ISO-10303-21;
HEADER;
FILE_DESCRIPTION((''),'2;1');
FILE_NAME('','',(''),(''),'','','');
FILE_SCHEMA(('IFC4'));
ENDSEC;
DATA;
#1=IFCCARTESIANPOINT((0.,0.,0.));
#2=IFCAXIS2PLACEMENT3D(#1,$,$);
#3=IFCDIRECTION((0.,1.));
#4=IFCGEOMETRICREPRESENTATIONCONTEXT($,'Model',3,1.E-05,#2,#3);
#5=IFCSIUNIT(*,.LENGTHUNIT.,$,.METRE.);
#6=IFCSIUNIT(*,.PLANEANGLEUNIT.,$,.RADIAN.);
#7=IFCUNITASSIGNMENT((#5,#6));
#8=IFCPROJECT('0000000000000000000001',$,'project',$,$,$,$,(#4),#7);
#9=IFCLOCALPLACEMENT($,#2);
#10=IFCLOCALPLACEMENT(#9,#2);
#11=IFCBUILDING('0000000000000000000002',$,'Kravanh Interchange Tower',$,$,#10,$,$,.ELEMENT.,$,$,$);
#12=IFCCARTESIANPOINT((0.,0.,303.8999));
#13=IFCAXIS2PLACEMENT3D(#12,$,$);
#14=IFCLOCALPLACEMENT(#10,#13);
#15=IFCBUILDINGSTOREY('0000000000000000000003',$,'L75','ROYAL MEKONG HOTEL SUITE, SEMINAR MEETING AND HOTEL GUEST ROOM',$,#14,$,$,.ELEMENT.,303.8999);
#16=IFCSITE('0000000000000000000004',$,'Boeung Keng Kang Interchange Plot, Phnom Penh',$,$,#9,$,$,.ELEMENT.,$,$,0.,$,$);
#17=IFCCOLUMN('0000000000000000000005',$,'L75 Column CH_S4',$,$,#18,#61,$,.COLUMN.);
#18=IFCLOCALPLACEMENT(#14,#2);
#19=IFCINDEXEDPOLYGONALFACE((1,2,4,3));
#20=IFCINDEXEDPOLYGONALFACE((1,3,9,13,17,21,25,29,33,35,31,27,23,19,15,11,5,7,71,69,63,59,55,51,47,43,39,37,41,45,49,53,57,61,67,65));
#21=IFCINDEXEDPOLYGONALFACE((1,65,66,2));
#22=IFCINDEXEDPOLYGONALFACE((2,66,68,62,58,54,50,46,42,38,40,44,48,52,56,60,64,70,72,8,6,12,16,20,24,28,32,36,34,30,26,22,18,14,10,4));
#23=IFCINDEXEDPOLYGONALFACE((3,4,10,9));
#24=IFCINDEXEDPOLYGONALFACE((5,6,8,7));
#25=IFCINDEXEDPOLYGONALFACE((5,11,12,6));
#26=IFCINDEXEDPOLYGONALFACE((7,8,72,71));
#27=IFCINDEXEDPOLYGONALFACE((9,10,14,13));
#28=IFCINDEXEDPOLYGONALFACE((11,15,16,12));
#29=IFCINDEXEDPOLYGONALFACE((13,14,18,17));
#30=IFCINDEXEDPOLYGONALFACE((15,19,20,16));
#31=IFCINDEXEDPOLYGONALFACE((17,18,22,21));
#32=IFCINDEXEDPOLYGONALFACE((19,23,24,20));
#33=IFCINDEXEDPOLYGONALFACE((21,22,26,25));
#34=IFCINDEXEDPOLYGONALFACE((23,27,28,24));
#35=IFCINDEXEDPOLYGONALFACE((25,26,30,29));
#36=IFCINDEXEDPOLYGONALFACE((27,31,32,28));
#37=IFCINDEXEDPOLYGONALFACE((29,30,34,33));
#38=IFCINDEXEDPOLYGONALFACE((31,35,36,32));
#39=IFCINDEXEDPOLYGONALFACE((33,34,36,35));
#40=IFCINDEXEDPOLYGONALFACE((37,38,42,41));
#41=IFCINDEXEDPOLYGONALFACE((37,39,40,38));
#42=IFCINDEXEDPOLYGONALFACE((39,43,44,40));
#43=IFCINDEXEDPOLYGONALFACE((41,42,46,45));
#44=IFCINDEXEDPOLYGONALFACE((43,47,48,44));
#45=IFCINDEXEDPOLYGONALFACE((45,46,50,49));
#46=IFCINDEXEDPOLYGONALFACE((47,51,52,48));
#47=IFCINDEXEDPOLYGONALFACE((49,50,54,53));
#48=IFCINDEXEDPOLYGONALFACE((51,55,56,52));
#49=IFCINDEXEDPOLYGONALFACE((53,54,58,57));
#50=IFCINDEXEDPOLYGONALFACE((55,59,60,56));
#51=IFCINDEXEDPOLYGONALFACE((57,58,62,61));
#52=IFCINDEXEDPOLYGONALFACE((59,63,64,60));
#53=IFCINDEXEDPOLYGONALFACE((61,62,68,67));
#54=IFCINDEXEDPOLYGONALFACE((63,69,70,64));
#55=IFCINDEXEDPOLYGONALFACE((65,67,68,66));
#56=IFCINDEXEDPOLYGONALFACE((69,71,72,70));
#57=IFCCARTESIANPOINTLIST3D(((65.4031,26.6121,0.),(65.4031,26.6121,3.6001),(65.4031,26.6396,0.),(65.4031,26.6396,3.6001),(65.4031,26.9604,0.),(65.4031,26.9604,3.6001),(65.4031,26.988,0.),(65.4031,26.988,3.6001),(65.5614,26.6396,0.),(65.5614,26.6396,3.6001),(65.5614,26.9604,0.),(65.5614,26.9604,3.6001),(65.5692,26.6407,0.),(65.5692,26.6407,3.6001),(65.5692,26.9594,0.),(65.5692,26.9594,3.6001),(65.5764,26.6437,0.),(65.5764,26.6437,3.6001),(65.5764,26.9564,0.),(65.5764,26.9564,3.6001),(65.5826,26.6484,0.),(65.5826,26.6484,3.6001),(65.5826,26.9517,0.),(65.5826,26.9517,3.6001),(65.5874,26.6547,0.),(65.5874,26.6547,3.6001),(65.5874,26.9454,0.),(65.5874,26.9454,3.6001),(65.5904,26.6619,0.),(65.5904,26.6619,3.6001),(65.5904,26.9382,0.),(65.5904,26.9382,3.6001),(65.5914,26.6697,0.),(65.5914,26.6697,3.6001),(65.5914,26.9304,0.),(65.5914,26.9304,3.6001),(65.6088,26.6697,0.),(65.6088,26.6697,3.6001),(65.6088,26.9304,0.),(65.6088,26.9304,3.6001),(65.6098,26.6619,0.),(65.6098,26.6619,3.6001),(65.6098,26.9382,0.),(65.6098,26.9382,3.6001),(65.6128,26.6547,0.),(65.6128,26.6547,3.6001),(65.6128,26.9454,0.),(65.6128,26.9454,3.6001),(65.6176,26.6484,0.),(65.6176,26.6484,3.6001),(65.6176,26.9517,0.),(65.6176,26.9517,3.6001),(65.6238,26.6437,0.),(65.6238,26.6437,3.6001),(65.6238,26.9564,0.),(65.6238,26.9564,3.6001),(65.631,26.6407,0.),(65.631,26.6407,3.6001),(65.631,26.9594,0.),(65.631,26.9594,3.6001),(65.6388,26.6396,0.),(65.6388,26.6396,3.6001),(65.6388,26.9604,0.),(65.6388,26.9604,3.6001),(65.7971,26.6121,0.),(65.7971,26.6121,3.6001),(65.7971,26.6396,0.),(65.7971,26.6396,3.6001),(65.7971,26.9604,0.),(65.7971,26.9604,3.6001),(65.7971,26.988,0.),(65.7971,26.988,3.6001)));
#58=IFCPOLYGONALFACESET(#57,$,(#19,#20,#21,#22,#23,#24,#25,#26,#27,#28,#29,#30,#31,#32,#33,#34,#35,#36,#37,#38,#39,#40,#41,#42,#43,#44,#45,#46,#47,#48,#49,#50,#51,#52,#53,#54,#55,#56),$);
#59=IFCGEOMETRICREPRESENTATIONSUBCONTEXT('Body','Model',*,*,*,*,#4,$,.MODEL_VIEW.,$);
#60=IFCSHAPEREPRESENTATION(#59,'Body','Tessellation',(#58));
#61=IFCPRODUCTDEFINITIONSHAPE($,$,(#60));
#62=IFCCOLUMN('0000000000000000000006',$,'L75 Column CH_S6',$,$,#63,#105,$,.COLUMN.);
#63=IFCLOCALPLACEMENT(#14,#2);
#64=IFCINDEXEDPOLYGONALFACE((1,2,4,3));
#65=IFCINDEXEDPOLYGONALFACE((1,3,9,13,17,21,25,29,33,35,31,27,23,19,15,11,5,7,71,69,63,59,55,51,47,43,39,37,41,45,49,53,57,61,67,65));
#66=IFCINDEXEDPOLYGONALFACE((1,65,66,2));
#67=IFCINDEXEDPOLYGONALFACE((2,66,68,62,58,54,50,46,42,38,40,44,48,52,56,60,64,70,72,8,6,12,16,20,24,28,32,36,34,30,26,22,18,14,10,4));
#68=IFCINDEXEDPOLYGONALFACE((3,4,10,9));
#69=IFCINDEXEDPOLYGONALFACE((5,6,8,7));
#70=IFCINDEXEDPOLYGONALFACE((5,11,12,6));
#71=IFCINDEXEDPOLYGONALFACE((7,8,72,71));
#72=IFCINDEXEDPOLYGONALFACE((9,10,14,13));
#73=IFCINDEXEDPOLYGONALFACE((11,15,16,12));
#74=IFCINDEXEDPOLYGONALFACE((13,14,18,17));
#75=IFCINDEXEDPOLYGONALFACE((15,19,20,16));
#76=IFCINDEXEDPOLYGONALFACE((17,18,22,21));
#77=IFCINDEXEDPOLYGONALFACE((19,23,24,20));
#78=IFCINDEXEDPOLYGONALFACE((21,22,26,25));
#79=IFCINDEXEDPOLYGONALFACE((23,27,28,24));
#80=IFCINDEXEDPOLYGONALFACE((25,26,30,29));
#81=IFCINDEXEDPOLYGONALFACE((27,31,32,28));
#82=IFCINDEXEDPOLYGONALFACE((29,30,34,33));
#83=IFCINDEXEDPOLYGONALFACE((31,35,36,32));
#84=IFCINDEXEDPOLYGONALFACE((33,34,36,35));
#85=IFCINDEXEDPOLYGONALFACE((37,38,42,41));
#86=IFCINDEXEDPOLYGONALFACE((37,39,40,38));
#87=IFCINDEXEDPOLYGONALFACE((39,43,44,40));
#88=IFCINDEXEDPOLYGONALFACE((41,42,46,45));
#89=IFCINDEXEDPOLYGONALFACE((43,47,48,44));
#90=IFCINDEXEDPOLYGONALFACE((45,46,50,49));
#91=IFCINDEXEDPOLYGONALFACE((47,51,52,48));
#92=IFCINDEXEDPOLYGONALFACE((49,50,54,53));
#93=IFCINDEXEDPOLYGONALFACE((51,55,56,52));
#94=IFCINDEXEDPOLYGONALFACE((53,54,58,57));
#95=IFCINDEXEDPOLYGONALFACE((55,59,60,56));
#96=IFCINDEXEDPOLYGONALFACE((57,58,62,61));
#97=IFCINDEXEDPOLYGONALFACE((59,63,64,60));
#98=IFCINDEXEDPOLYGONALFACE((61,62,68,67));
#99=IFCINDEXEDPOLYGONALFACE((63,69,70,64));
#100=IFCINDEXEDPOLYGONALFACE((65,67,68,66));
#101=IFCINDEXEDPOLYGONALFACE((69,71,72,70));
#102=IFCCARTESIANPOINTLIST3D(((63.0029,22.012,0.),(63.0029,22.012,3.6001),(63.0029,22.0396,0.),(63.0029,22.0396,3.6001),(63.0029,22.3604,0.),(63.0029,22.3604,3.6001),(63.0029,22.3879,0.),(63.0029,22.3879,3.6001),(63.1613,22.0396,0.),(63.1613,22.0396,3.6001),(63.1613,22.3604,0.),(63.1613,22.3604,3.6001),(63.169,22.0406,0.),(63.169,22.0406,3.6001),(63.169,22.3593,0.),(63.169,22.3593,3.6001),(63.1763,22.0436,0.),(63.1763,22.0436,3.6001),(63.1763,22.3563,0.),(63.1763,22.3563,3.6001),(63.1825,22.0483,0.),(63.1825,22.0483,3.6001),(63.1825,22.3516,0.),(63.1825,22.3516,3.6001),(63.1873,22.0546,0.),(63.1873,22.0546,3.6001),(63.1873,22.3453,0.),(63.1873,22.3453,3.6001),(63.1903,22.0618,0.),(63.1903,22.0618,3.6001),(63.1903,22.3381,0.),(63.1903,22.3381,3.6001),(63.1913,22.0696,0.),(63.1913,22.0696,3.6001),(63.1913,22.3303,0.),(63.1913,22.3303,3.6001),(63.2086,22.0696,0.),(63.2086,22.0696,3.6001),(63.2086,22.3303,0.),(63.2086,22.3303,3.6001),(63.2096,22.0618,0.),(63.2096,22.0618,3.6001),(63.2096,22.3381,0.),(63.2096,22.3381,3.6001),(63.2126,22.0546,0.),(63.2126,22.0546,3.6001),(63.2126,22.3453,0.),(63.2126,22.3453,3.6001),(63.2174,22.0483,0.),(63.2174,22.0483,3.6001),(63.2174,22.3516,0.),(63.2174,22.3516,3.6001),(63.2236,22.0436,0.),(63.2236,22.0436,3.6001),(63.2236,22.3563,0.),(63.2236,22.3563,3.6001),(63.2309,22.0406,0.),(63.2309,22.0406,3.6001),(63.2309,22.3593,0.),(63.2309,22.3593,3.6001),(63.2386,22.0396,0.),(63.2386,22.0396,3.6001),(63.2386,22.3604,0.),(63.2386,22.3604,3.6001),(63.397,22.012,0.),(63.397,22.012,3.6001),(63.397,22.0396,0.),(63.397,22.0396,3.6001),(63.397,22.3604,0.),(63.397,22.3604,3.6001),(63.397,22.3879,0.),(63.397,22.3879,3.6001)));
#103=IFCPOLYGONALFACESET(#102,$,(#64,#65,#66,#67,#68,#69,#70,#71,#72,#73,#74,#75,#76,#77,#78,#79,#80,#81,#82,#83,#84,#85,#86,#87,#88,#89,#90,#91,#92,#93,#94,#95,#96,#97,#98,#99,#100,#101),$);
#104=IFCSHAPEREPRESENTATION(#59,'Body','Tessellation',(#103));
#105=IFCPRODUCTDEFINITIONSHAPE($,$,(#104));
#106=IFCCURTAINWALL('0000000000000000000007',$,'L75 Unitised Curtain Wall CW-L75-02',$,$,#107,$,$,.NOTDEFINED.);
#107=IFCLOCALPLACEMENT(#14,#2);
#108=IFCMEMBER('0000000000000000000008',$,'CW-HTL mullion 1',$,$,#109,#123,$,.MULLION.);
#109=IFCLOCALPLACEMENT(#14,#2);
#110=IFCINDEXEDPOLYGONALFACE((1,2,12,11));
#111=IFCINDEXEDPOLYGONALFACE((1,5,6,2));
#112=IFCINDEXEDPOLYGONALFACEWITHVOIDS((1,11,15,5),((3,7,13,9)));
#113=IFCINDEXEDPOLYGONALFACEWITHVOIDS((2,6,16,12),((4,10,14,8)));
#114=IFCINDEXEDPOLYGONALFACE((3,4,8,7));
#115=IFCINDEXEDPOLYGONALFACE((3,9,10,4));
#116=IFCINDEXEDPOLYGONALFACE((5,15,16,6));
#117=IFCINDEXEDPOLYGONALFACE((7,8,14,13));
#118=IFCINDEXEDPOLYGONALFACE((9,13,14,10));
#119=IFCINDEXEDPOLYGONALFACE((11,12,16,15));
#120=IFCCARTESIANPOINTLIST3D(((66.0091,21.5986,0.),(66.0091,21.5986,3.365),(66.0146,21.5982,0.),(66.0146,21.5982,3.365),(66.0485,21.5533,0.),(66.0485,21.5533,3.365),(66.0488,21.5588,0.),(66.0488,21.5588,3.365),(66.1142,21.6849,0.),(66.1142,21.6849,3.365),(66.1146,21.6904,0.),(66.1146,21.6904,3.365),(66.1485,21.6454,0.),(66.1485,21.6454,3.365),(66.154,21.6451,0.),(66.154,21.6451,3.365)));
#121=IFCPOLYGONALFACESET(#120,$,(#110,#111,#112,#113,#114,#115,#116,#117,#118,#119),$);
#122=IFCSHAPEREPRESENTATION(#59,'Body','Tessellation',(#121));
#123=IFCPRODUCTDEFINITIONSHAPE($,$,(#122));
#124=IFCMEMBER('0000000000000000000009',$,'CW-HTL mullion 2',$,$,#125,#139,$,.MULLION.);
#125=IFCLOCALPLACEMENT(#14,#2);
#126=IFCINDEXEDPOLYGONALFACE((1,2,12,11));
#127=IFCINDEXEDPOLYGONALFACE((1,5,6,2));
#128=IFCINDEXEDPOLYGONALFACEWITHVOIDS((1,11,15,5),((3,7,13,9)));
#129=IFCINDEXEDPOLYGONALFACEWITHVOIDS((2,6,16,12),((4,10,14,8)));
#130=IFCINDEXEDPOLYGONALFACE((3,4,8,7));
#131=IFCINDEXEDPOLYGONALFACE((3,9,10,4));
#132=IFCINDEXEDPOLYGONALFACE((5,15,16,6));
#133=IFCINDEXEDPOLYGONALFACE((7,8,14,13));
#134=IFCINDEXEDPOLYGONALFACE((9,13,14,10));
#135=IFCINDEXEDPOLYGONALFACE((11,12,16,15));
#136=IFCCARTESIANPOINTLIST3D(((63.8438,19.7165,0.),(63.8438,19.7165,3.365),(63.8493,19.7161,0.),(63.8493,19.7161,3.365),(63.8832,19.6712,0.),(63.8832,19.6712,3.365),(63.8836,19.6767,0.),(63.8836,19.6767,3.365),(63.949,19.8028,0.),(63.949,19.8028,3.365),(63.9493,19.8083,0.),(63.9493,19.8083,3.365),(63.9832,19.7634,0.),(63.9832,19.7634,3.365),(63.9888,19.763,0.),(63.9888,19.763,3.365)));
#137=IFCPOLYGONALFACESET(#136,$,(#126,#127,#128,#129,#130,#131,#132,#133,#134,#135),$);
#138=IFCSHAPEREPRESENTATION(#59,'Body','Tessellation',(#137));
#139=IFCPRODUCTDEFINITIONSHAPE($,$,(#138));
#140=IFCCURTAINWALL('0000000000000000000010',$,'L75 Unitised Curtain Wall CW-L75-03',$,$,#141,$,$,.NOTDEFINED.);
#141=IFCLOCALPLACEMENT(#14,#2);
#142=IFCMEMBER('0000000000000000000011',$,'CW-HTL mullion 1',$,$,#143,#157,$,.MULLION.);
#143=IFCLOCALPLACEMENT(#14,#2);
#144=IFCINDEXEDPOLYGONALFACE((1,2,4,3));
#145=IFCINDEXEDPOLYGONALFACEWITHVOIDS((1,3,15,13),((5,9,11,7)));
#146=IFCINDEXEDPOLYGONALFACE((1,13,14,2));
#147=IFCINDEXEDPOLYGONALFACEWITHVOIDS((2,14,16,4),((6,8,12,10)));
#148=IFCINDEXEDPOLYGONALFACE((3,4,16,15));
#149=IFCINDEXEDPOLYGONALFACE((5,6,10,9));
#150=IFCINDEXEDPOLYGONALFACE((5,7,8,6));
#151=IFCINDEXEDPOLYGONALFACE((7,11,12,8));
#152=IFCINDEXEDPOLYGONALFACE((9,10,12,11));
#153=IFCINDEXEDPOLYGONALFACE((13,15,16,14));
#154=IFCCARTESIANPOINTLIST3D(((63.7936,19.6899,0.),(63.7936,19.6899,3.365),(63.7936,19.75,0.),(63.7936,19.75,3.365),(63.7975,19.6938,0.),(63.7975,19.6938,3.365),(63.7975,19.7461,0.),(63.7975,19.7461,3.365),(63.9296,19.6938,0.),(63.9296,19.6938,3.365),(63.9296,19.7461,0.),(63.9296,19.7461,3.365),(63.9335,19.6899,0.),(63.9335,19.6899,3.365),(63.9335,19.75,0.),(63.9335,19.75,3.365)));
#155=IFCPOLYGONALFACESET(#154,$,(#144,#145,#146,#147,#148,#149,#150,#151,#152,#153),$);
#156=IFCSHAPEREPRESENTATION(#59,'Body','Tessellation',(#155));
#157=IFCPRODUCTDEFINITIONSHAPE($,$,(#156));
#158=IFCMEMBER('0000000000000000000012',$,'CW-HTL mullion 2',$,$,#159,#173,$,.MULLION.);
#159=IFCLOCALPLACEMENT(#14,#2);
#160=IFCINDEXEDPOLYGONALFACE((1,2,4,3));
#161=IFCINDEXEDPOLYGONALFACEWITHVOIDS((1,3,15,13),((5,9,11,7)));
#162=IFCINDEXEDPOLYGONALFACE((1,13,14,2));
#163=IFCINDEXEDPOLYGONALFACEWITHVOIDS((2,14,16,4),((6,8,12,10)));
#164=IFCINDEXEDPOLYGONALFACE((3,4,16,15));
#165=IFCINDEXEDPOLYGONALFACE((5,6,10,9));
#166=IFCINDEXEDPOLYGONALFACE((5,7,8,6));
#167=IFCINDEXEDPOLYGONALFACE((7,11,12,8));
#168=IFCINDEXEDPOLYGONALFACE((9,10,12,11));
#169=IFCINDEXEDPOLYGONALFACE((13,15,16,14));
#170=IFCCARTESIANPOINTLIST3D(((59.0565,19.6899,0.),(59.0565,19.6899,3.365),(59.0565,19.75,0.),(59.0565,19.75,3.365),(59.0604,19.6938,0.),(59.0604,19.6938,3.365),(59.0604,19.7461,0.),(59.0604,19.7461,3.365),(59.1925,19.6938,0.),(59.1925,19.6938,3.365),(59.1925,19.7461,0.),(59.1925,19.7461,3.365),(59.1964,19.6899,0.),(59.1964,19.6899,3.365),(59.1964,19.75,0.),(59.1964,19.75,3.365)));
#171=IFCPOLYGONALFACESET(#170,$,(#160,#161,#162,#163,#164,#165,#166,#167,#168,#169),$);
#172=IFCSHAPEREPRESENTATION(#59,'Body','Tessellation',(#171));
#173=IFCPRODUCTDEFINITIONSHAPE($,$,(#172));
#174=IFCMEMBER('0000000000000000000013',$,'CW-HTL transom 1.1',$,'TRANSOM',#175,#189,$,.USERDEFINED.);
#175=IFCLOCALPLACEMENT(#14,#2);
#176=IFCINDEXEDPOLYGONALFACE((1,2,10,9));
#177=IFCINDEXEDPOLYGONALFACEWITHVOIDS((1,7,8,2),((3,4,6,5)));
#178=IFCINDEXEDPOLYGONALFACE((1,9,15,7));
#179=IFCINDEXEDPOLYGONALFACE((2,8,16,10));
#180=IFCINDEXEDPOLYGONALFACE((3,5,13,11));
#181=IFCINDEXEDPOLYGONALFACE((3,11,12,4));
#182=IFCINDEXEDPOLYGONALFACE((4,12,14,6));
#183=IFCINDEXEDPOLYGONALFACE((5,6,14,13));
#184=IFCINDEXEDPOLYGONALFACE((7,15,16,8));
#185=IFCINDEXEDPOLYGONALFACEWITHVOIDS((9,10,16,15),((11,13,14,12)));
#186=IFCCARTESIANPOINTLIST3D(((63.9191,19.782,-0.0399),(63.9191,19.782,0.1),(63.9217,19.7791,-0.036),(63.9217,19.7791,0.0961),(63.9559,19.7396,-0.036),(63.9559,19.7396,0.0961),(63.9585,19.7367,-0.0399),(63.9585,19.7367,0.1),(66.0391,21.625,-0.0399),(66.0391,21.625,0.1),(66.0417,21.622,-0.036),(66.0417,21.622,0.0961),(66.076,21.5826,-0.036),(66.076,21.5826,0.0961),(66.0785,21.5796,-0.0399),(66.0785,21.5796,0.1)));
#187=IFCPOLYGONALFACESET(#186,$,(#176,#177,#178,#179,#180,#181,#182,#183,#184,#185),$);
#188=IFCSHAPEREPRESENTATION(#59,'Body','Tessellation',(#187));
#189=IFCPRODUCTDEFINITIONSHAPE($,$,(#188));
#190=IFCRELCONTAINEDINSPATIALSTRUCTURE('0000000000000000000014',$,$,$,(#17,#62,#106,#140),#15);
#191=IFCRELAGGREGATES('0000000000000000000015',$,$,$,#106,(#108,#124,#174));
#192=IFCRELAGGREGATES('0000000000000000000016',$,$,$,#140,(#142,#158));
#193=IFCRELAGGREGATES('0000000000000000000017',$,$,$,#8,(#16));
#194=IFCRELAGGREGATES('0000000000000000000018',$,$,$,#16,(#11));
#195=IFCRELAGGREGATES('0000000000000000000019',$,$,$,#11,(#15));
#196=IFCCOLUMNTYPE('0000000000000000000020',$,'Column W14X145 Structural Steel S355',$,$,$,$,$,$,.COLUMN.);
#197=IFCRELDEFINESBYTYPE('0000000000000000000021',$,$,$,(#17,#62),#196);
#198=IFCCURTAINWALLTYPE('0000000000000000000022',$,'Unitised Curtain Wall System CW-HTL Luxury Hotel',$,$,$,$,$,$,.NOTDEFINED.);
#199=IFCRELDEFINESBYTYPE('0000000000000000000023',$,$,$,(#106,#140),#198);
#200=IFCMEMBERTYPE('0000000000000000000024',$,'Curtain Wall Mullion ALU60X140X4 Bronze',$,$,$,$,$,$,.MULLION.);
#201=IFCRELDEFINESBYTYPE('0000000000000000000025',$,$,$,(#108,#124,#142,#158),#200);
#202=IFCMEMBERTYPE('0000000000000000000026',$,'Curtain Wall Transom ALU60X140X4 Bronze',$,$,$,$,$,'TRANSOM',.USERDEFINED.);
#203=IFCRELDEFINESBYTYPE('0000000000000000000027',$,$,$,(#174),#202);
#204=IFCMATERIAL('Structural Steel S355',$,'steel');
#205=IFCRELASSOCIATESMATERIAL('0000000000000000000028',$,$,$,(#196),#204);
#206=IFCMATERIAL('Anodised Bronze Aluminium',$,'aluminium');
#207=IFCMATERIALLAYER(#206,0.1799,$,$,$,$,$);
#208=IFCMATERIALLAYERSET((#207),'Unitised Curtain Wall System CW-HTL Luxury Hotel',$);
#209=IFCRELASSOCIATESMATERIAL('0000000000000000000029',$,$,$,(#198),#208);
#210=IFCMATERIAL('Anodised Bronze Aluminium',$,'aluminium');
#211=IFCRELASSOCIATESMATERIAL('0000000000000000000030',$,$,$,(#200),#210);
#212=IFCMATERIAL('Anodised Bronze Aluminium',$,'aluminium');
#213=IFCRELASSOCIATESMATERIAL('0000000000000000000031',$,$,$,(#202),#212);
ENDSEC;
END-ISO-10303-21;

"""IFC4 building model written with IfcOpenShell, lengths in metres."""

from ifc_helpers import new_model, si_unit, direction, frame, origin, origin_2d, place, context, subcontext, project, spatial, hollow_rectangle, i_section, extrude, material, layer, layer_set, material_profile, profile_set, type_object, element, aggregate, save


model = new_model("IFC4")

# Units and contexts
model_context = context("Model", 3, precision=1e-05, world=origin(), true_north=direction((0.0, 1.0)))
body_context = subcontext(model_context, "Body", "Model", "MODEL_VIEW")
ifc_project = project(units=[si_unit("LENGTHUNIT", "METRE"), si_unit("PLANEANGLEUNIT", "RADIAN")], contexts=[model_context])

# Site, building, storey
site_placement = place(None, origin())
site = spatial("IfcSite", under=ifc_project, at=site_placement, Name="Boeung Keng Kang Interchange Plot, Phnom Penh", CompositionType="ELEMENT", RefElevation=0.0)
building_placement = place(site_placement, origin())
building = spatial("IfcBuilding", under=site, at=building_placement, Name="Kravanh Interchange Tower", CompositionType="ELEMENT")
storey_placement = place(building_placement, frame((0.0, 0.0, 303.8999)))
storey = spatial("IfcBuildingStorey", under=building, at=storey_placement, Name="L75", Description="ROYAL MEKONG HOTEL SUITE, SEMINAR MEETING AND HOTEL GUEST ROOM", CompositionType="ELEMENT", Elevation=303.8999)

# Columns
ifc_material_1 = material(Name="Structural Steel S355", Category="steel")
ifc_material_profile_1 = material_profile(ifc_material_1, i_section(OverallWidth=0.394, OverallDepth=0.376, WebThickness=0.0173, FlangeThickness=0.0276, FilletRadius=0.03, at=origin_2d()), Name="W14X145")
ifc_profile_set_1 = profile_set([ifc_material_profile_1], Name="Structural Steel S355")
column_type = type_object("IfcColumnType", Name="Column W14X145 Structural Steel S355", PredefinedType="COLUMN", material=ifc_profile_set_1)
for number, where, z_axis, x_axis, name in (
    (1, (65.6001, 26.8, 0.0), (0.0, 0.0, 1.0), (1.0, 0.0, 0.0), "L75 Column CH_S4"),
    (2, (63.2, 22.2, 0.0), (0.0, 0.0, 1.0), (1.0, 0.0, 0.0), "L75 Column CH_S6"),
):
    element("IfcColumn", number, at=place(storey_placement, frame(where, z_axis=z_axis, x_axis=x_axis)), inside=storey, type_object=column_type, Name=name, PredefinedType="COLUMN", context=body_context, shape_type="SweptSolid", body=[
        extrude(i_section(OverallWidth=0.394, OverallDepth=0.376, WebThickness=0.0173, FlangeThickness=0.0276, FilletRadius=0.03, at=origin_2d()), origin(), (0.0, 0.0, 1.0), 3.6001),
    ])

# Curtain walls, members
ifc_material_2 = material(Name="Anodised Bronze Aluminium", Category="aluminium")
ifc_layer_1 = layer(ifc_material_2, 0.1799)
ifc_layer_set_1 = layer_set([ifc_layer_1], Name="Unitised Curtain Wall System CW-HTL Luxury Hotel")
curtain_wall_type = type_object("IfcCurtainWallType", Name="Unitised Curtain Wall System CW-HTL Luxury Hotel", PredefinedType="NOTDEFINED", material=ifc_layer_set_1)
curtain_wall_1_placement = place(storey_placement, origin())
curtain_wall_1 = element("IfcCurtainWall", 3, at=curtain_wall_1_placement, inside=storey, type_object=curtain_wall_type, Name="L75 Unitised Curtain Wall CW-L75-02", PredefinedType="NOTDEFINED")
ifc_material_3 = material(Name="Anodised Bronze Aluminium", Category="aluminium")
ifc_material_profile_2 = material_profile(ifc_material_3, hollow_rectangle(XDim=0.0601, YDim=0.1399, WallThickness=0.0039, at=origin_2d()), Name="ALU60X140X4")
ifc_profile_set_2 = profile_set([ifc_material_profile_2], Name="Anodised Bronze Aluminium")
member_type_1 = type_object("IfcMemberType", Name="Curtain Wall Mullion ALU60X140X4 Bronze", PredefinedType="MULLION", material=ifc_profile_set_2)
member_1_placement = place(storey_placement, frame((66.0815, 21.6218, 0.0), z_axis=(0.0, 0.0, 1.0), x_axis=(0.65605, -0.754717, 0.0)))
member_1 = element("IfcMember", 4, at=member_1_placement, type_object=member_type_1, Name="CW-HTL mullion 1", PredefinedType="MULLION", context=body_context, shape_type="SweptSolid", body=[
    extrude(hollow_rectangle(XDim=0.0601, YDim=0.1399, WallThickness=0.0039, at=origin_2d()), origin(), (0.0, 0.0, 1.0), 3.365),
])
member_2_placement = place(storey_placement, frame((63.9163, 19.7397, 0.0), z_axis=(0.0, 0.0, 1.0), x_axis=(0.65605, -0.754717, 0.0)))
member_2 = element("IfcMember", 5, at=member_2_placement, type_object=member_type_1, Name="CW-HTL mullion 2", PredefinedType="MULLION", context=body_context, shape_type="SweptSolid", body=[
    extrude(hollow_rectangle(XDim=0.0601, YDim=0.1399, WallThickness=0.0039, at=origin_2d()), origin(), (0.0, 0.0, 1.0), 3.365),
])
curtain_wall_2_placement = place(storey_placement, origin())
curtain_wall_2 = element("IfcCurtainWall", 6, at=curtain_wall_2_placement, inside=storey, type_object=curtain_wall_type, Name="L75 Unitised Curtain Wall CW-L75-03", PredefinedType="NOTDEFINED")
member_3_placement = place(storey_placement, frame((63.8635, 19.72, 0.0), z_axis=(0.0, 0.0, 1.0), x_axis=(0.0, -1.0, 0.0)))
member_3 = element("IfcMember", 7, at=member_3_placement, type_object=member_type_1, Name="CW-HTL mullion 1", PredefinedType="MULLION", context=body_context, shape_type="SweptSolid", body=[
    extrude(hollow_rectangle(XDim=0.0601, YDim=0.1399, WallThickness=0.0039, at=origin_2d()), origin(), (0.0, 0.0, 1.0), 3.365),
])
member_4_placement = place(storey_placement, frame((59.1265, 19.72, 0.0), z_axis=(0.0, 0.0, 1.0), x_axis=(0.0, -1.0, 0.0)))
member_4 = element("IfcMember", 8, at=member_4_placement, type_object=member_type_1, Name="CW-HTL mullion 2", PredefinedType="MULLION", context=body_context, shape_type="SweptSolid", body=[
    extrude(hollow_rectangle(XDim=0.0601, YDim=0.1399, WallThickness=0.0039, at=origin_2d()), origin(), (0.0, 0.0, 1.0), 3.365),
])

# Member
ifc_material_4 = material(Name="Anodised Bronze Aluminium", Category="aluminium")
ifc_material_profile_3 = material_profile(ifc_material_4, hollow_rectangle(XDim=0.0601, YDim=0.1399, WallThickness=0.0039, at=origin_2d()), Name="ALU60X140X4")
ifc_profile_set_3 = profile_set([ifc_material_profile_3], Name="Anodised Bronze Aluminium")
member_type_2 = type_object("IfcMemberType", Name="Curtain Wall Transom ALU60X140X4 Bronze", ElementType="TRANSOM", PredefinedType="USERDEFINED", material=ifc_profile_set_3)
member_5_placement = place(storey_placement, frame((66.0588, 21.6023, 0.03), z_axis=(-0.754705, -0.656065, 0.0), x_axis=(0.656065, -0.754705, 0.0)))
member_5 = element("IfcMember", 9, at=member_5_placement, type_object=member_type_2, Name="CW-HTL transom 1.1", ObjectType="TRANSOM", PredefinedType="USERDEFINED", context=body_context, shape_type="SweptSolid", body=[
    extrude(hollow_rectangle(XDim=0.0601, YDim=0.1399, WallThickness=0.0039, at=origin_2d()), origin(), (0.0, 0.0, 1.0), 2.8091),
])

aggregate(curtain_wall_1, [member_1, member_2, member_5])
aggregate(curtain_wall_2, [member_3, member_4])

save(model, "model.ifc")
